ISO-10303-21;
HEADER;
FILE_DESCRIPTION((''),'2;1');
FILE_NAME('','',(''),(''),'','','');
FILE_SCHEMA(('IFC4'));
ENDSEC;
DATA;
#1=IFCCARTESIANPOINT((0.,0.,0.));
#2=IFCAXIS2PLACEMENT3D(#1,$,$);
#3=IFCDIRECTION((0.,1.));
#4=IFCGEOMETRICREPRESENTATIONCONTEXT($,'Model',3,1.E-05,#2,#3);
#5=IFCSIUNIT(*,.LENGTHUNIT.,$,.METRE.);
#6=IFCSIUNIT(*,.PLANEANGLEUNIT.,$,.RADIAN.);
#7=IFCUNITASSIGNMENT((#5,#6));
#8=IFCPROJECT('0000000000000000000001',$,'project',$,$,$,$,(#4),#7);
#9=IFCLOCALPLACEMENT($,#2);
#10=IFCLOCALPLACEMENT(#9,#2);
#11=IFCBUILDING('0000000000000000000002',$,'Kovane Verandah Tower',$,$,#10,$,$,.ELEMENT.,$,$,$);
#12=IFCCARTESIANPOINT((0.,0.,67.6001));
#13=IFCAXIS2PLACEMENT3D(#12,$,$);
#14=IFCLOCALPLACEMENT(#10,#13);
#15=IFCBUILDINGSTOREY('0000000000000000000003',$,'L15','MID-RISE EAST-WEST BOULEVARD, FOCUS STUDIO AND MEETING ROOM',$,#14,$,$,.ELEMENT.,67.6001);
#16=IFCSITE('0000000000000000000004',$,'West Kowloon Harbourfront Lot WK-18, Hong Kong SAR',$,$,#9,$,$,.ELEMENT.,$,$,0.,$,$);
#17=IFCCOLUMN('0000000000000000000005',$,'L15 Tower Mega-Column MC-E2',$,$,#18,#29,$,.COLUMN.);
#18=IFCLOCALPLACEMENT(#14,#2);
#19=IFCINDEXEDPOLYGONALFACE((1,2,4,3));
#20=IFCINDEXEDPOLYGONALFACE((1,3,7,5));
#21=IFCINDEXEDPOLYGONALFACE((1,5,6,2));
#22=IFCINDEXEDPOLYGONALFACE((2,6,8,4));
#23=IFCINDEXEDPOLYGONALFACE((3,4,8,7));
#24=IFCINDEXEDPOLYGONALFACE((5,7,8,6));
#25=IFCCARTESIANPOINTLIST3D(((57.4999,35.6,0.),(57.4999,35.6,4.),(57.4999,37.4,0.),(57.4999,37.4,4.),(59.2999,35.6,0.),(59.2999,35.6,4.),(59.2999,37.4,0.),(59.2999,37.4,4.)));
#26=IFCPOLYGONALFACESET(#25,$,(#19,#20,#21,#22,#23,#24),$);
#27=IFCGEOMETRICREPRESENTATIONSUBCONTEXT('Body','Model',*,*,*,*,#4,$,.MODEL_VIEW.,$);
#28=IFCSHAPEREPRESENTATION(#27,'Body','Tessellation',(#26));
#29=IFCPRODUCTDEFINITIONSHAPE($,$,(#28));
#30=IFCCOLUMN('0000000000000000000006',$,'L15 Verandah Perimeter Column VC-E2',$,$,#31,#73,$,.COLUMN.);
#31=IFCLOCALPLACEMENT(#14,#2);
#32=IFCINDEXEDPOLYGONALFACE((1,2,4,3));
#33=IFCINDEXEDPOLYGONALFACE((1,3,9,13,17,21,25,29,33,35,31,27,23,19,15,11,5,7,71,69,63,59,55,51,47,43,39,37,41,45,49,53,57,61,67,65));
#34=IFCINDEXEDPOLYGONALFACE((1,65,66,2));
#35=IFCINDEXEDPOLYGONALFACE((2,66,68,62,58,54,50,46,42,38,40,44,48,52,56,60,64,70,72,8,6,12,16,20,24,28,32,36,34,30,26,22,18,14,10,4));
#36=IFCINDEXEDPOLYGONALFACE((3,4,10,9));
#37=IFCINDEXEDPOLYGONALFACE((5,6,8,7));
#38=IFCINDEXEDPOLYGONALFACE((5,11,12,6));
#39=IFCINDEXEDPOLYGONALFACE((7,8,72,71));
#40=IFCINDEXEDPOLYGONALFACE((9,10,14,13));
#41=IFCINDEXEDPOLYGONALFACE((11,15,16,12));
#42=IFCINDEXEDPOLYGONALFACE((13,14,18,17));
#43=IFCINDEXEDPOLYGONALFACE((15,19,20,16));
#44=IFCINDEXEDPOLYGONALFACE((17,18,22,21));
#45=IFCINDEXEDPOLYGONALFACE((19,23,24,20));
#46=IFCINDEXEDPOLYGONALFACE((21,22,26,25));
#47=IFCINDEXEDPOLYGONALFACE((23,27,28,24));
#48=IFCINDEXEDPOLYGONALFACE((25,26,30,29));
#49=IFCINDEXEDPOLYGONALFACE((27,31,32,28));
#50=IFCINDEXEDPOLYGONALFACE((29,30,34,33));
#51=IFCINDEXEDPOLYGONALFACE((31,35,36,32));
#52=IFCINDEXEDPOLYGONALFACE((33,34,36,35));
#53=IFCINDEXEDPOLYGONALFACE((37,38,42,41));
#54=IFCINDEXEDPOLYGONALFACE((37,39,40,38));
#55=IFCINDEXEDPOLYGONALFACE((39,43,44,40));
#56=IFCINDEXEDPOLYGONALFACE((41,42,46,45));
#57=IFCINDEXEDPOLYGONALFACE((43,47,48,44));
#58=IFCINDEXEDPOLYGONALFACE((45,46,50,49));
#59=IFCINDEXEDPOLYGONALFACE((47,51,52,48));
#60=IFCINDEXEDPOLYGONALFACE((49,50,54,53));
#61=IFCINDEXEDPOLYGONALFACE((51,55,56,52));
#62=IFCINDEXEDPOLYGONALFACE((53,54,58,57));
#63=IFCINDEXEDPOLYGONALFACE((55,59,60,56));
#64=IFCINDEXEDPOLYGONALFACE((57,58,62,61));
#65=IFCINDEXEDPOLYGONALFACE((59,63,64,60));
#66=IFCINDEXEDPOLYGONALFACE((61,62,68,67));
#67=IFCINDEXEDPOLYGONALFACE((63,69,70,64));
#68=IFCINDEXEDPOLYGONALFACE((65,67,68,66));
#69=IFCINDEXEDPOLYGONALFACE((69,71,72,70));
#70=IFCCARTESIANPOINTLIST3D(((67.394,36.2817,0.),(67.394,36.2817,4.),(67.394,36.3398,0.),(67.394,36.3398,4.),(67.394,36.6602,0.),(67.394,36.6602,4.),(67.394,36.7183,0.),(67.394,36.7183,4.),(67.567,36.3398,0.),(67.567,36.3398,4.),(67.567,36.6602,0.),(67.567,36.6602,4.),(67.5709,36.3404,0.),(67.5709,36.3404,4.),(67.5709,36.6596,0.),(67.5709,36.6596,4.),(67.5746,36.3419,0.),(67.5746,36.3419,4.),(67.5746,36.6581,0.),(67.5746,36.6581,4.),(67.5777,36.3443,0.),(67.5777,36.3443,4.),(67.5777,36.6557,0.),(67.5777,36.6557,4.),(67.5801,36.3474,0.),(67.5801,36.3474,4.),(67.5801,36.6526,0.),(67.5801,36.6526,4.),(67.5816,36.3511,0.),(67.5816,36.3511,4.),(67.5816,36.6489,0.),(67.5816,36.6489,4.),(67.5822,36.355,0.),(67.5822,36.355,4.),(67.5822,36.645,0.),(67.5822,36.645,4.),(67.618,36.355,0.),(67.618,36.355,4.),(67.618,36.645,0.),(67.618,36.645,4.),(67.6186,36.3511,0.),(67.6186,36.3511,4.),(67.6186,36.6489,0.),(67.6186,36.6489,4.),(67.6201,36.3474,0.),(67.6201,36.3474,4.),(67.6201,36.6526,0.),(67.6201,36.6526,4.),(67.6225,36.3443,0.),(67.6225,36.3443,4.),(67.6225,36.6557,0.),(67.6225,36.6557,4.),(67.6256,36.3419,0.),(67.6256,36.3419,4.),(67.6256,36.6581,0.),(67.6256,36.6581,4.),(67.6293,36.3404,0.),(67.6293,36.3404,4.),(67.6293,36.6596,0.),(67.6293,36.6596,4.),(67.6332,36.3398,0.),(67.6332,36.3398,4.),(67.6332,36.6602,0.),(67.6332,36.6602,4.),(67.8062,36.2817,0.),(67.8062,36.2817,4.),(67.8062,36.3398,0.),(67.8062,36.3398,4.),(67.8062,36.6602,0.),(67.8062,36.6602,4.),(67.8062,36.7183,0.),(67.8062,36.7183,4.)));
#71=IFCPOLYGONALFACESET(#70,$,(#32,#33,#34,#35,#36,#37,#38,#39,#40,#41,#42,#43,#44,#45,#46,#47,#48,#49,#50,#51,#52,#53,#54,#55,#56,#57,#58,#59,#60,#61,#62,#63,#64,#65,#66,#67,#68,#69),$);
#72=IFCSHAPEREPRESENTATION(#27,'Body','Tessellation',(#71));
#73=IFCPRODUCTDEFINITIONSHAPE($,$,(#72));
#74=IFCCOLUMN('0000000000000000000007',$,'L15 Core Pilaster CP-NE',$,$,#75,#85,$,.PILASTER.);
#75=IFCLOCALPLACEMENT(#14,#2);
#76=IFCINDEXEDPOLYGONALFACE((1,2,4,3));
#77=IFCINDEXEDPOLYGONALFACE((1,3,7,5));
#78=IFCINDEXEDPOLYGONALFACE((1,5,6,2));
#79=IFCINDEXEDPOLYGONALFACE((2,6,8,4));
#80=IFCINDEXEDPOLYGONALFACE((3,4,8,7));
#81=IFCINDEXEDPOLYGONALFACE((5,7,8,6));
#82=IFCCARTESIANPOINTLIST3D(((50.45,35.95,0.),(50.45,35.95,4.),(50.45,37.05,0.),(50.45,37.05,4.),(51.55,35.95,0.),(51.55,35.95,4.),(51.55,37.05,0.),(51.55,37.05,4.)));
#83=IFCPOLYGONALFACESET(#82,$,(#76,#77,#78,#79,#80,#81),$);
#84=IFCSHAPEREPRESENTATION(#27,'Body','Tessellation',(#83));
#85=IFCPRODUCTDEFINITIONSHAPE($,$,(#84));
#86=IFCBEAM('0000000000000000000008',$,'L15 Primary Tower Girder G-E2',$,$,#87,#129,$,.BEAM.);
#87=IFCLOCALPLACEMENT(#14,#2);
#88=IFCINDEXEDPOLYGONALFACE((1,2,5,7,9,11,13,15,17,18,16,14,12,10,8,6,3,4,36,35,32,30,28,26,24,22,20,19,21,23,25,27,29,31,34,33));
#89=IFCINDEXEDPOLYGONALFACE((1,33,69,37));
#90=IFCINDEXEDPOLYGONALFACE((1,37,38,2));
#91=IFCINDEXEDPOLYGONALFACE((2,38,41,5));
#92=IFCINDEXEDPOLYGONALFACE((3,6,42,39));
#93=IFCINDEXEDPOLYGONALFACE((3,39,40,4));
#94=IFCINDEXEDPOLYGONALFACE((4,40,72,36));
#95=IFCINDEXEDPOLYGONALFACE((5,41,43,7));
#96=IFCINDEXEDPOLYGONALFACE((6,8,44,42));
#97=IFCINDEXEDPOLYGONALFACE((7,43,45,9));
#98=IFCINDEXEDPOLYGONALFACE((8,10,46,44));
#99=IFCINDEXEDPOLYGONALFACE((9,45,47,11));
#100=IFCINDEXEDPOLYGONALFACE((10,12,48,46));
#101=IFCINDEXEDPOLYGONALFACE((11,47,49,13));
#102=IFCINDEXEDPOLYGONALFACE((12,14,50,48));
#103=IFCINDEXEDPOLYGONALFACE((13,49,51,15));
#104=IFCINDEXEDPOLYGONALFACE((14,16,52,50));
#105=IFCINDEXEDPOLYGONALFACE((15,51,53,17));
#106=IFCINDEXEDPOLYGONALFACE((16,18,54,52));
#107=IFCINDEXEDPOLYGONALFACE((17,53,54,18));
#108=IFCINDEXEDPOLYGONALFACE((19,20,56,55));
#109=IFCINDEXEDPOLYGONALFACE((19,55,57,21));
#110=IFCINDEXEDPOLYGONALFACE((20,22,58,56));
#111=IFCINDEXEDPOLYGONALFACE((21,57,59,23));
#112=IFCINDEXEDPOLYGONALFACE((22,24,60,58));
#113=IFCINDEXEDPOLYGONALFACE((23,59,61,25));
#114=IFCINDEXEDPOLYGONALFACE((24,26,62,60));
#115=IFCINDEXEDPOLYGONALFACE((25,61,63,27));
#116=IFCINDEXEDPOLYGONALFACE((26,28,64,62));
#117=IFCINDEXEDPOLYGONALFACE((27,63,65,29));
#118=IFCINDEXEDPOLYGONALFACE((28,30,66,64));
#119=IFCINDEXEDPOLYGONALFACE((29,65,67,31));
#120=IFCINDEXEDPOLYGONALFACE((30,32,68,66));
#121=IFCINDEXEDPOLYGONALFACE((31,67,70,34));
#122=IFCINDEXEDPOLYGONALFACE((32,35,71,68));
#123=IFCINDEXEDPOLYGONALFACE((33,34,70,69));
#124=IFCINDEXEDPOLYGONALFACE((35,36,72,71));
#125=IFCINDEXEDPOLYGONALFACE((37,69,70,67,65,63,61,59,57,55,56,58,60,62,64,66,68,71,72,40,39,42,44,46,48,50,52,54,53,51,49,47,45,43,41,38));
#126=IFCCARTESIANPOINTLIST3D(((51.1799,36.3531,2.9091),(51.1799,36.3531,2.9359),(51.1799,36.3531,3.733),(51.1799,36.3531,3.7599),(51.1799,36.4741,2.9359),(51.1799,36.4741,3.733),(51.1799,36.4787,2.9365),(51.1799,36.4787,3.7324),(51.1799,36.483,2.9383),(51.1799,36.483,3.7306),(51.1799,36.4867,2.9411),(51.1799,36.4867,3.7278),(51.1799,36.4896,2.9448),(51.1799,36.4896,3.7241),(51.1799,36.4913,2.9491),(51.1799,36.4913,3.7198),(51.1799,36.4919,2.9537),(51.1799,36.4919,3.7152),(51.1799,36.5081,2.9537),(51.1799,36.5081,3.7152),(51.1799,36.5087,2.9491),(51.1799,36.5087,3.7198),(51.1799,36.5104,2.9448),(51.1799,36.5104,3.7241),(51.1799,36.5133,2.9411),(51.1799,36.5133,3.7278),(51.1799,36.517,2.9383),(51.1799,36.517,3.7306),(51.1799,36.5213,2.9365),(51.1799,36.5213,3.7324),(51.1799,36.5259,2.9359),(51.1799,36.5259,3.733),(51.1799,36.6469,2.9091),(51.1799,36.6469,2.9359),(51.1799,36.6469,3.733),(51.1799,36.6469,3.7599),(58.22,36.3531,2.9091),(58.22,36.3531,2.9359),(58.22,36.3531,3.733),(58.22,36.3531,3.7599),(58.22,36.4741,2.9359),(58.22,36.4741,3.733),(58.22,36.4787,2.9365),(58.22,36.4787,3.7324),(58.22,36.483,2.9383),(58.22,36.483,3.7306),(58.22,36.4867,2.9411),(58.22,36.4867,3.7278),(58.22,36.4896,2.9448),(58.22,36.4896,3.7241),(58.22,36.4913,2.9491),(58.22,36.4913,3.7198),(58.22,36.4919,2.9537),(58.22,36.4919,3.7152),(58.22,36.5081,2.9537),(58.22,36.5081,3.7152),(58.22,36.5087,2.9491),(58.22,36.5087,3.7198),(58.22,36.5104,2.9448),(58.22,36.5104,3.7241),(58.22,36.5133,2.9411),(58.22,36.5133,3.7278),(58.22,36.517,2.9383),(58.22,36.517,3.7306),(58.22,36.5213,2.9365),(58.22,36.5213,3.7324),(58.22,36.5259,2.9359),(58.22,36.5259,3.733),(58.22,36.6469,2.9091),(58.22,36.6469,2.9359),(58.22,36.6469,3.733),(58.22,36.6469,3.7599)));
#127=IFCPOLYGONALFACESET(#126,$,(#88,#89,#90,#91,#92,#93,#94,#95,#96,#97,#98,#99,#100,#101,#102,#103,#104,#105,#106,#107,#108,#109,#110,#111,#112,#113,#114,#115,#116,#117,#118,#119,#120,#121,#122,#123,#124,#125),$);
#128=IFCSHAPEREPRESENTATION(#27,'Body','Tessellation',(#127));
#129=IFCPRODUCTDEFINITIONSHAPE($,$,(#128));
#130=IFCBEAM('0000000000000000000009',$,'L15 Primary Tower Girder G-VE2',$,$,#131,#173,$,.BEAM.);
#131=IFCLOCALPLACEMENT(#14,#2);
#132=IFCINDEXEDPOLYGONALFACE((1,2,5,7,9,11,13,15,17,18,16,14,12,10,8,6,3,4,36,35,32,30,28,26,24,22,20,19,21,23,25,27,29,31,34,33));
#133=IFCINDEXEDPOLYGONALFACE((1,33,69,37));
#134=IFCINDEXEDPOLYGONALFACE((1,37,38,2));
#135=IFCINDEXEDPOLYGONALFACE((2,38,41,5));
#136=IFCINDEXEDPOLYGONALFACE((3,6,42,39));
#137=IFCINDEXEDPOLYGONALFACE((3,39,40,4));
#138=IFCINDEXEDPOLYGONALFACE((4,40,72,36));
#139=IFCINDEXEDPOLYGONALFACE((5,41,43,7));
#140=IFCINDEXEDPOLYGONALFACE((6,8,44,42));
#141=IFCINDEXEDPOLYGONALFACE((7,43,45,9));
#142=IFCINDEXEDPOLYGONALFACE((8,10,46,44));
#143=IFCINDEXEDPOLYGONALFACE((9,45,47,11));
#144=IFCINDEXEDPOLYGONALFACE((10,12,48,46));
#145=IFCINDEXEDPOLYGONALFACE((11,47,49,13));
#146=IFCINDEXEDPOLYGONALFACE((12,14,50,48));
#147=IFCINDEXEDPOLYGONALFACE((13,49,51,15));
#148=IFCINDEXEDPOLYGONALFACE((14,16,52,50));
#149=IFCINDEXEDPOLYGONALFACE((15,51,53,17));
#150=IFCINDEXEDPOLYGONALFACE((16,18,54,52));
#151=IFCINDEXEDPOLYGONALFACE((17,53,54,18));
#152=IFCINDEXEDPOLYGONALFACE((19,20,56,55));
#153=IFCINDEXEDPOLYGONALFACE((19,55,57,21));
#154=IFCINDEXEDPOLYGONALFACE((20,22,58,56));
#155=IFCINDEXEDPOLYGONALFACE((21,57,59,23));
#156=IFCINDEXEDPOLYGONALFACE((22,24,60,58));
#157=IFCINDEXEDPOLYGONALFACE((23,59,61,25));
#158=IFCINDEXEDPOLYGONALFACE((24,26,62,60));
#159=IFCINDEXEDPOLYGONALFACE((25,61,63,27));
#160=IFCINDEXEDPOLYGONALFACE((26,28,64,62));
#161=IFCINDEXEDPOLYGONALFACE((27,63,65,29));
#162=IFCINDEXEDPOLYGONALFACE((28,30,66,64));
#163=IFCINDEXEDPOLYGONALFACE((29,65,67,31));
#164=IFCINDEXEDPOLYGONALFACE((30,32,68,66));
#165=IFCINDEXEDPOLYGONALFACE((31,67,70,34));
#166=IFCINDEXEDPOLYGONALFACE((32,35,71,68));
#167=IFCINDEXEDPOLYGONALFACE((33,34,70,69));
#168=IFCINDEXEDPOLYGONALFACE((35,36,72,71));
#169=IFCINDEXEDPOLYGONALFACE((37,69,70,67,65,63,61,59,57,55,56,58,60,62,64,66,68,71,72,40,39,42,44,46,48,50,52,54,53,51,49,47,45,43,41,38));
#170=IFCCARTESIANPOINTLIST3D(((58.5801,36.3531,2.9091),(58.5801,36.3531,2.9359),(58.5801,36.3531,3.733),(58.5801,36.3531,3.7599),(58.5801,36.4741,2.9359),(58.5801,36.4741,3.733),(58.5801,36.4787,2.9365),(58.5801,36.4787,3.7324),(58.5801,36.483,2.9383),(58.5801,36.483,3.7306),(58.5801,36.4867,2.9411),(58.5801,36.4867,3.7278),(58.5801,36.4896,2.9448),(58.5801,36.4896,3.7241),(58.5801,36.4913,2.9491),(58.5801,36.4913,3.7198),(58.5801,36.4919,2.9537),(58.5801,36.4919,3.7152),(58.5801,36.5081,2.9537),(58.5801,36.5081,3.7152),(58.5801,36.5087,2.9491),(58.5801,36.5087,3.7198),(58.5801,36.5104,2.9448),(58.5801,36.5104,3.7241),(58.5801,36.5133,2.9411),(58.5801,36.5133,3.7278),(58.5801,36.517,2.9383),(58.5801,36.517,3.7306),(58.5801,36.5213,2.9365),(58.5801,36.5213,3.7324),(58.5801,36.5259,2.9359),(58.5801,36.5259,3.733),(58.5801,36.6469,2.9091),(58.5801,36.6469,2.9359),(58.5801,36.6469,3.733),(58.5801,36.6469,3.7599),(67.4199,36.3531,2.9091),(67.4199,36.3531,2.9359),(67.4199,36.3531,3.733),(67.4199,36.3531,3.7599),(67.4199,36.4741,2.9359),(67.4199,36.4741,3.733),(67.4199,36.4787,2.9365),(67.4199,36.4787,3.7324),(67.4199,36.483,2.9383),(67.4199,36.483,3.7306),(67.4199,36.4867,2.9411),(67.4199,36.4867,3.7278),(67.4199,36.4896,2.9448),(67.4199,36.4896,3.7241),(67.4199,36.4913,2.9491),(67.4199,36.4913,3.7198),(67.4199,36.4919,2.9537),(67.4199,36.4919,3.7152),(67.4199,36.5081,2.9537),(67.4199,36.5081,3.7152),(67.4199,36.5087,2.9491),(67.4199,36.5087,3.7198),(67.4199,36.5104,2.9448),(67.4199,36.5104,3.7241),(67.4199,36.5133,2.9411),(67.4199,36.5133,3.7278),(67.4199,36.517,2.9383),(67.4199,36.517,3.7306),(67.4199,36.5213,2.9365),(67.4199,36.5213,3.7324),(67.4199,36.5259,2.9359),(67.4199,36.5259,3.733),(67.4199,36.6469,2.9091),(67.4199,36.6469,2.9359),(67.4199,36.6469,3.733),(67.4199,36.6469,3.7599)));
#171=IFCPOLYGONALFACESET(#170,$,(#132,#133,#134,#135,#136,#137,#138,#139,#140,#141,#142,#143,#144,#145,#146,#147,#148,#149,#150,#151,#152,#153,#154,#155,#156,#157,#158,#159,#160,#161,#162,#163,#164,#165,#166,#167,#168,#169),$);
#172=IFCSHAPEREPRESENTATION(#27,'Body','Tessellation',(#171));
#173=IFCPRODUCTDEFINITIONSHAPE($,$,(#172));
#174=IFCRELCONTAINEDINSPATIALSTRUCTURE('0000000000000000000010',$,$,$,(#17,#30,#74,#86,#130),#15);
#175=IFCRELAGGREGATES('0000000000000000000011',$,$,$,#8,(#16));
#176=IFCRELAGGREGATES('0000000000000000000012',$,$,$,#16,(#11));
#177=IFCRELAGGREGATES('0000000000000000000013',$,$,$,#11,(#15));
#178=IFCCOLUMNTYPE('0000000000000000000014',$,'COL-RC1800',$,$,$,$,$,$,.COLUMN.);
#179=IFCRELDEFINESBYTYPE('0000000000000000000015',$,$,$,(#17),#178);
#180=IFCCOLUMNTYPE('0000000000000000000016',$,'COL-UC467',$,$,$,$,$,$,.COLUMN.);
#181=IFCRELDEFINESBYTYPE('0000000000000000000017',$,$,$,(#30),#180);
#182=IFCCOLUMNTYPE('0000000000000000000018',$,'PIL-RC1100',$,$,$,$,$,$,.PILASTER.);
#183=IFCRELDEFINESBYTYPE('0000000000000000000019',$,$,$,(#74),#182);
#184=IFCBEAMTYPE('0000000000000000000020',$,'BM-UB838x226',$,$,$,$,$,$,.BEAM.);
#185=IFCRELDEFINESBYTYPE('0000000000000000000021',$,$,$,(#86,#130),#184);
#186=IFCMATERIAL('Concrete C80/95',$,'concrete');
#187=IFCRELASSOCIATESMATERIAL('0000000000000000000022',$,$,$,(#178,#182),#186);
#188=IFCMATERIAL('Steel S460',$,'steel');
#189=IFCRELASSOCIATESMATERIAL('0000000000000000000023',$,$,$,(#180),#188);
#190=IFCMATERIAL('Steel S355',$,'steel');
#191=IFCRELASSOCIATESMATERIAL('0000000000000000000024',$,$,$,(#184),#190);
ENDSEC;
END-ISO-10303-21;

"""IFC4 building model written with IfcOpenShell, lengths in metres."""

from ifc_helpers import new_model, si_unit, direction, frame, origin, origin_2d, place, context, subcontext, project, spatial, rectangle, i_section, extrude, material, material_profile, profile_set, type_object, element, save


model = new_model("IFC4")

# Units and contexts
model_context = context("Model", 3, precision=1e-05, world=origin(), true_north=direction((0.0, 1.0)))
body_context = subcontext(model_context, "Body", "Model", "MODEL_VIEW")
ifc_project = project(units=[si_unit("LENGTHUNIT", "METRE"), si_unit("PLANEANGLEUNIT", "RADIAN")], contexts=[model_context])

# Site, building, storey
site_placement = place(None, origin())
site = spatial("IfcSite", under=ifc_project, at=site_placement, Name="West Kowloon Harbourfront Lot WK-18, Hong Kong SAR", CompositionType="ELEMENT", RefElevation=0.0)
building_placement = place(site_placement, origin())
building = spatial("IfcBuilding", under=site, at=building_placement, Name="Kovane Verandah Tower", CompositionType="ELEMENT")
storey_placement = place(building_placement, frame((0.0, 0.0, 67.6001)))
storey = spatial("IfcBuildingStorey", under=building, at=storey_placement, Name="L15", Description="MID-RISE EAST-WEST BOULEVARD, FOCUS STUDIO AND MEETING ROOM", CompositionType="ELEMENT", Elevation=67.6001)

# Columns
ifc_material_1 = material(Name="Concrete C80/95", Category="concrete")
ifc_material_profile_1 = material_profile(ifc_material_1, rectangle(XDim=1.8, YDim=1.8, at=origin_2d()), Name="RC1800x1800")
ifc_profile_set_1 = profile_set([ifc_material_profile_1], Name="Concrete C80/95")
column_type_1 = type_object("IfcColumnType", Name="COL-RC1800", PredefinedType="COLUMN", material=ifc_profile_set_1)
column_1_placement = place(storey_placement, frame((58.3999, 36.5, 0.0), z_axis=(0.0, 0.0, 1.0), x_axis=(1.0, 0.0, 0.0)))
element("IfcColumn", 1, at=column_1_placement, inside=storey, type_object=column_type_1, Name="L15 Tower Mega-Column MC-E2", PredefinedType="COLUMN", context=body_context, shape_type="SweptSolid", body=[
    extrude(rectangle(XDim=1.8, YDim=1.8, at=origin_2d()), origin(), (0.0, 0.0, 1.0), 4.0),
])
ifc_material_2 = material(Name="Steel S460", Category="steel")
ifc_material_profile_2 = material_profile(ifc_material_2, i_section(OverallWidth=0.4121, OverallDepth=0.4365, WebThickness=0.0359, FlangeThickness=0.0581, FilletRadius=0.0151, at=origin_2d()), Name="UC356x406x467")
ifc_profile_set_2 = profile_set([ifc_material_profile_2], Name="Steel S460")
column_type_2 = type_object("IfcColumnType", Name="COL-UC467", PredefinedType="COLUMN", material=ifc_profile_set_2)
column_2_placement = place(storey_placement, frame((67.6001, 36.5, 0.0), z_axis=(0.0, 0.0, 1.0), x_axis=(1.0, 0.0, 0.0)))
element("IfcColumn", 2, at=column_2_placement, inside=storey, type_object=column_type_2, Name="L15 Verandah Perimeter Column VC-E2", PredefinedType="COLUMN", context=body_context, shape_type="SweptSolid", body=[
    extrude(i_section(OverallWidth=0.4121, OverallDepth=0.4365, WebThickness=0.0359, FlangeThickness=0.0581, FilletRadius=0.0151, at=origin_2d()), origin(), (0.0, 0.0, 1.0), 4.0),
])
ifc_material_profile_3 = material_profile(ifc_material_1, rectangle(XDim=1.1001, YDim=1.1001, at=origin_2d()), Name="RC1100x1100")
ifc_profile_set_3 = profile_set([ifc_material_profile_3], Name="Concrete C80/95")
column_type_3 = type_object("IfcColumnType", Name="PIL-RC1100", PredefinedType="PILASTER", material=ifc_profile_set_3)
column_3_placement = place(storey_placement, frame((51.0, 36.5, 0.0), z_axis=(0.0, 0.0, 1.0), x_axis=(1.0, 0.0, 0.0)))
element("IfcColumn", 3, at=column_3_placement, inside=storey, type_object=column_type_3, Name="L15 Core Pilaster CP-NE", PredefinedType="PILASTER", context=body_context, shape_type="SweptSolid", body=[
    extrude(rectangle(XDim=1.1001, YDim=1.1001, at=origin_2d()), origin(), (0.0, 0.0, 1.0), 4.0),
])

# Beams
ifc_material_3 = material(Name="Steel S355", Category="steel")
ifc_material_profile_4 = material_profile(ifc_material_3, i_section(OverallWidth=0.2937, OverallDepth=0.8508, WebThickness=0.0161, FlangeThickness=0.0269, FilletRadius=0.0178, at=origin_2d()), Name="UB838x292x226")
ifc_profile_set_4 = profile_set([ifc_material_profile_4], Name="Steel S355")
beam_type_1 = type_object("IfcBeamType", Name="BM-UB838x226", PredefinedType="BEAM", material=ifc_profile_set_4)
beam_1_placement = place(storey_placement, frame((51.1799, 36.5, 3.3345), z_axis=(1.0, 0.0, 0.0), x_axis=(0.0, 1.0, 0.0)))
element("IfcBeam", 4, at=beam_1_placement, inside=storey, type_object=beam_type_1, Name="L15 Primary Tower Girder G-E2", PredefinedType="BEAM", context=body_context, shape_type="SweptSolid", body=[
    extrude(i_section(OverallWidth=0.2937, OverallDepth=0.8508, WebThickness=0.0161, FlangeThickness=0.0269, FilletRadius=0.0178, at=origin_2d()), origin(), (0.0, 0.0, 1.0), 7.04),
])
beam_2_placement = place(storey_placement, frame((58.5801, 36.5, 3.3345), z_axis=(1.0, 0.0, 0.0), x_axis=(0.0, 1.0, 0.0)))
element("IfcBeam", 5, at=beam_2_placement, inside=storey, type_object=beam_type_1, Name="L15 Primary Tower Girder G-VE2", PredefinedType="BEAM", context=body_context, shape_type="SweptSolid", body=[
    extrude(i_section(OverallWidth=0.2937, OverallDepth=0.8508, WebThickness=0.0161, FlangeThickness=0.0269, FilletRadius=0.0178, at=origin_2d()), origin(), (0.0, 0.0, 1.0), 8.8398),
])

save(model, "model.ifc")
